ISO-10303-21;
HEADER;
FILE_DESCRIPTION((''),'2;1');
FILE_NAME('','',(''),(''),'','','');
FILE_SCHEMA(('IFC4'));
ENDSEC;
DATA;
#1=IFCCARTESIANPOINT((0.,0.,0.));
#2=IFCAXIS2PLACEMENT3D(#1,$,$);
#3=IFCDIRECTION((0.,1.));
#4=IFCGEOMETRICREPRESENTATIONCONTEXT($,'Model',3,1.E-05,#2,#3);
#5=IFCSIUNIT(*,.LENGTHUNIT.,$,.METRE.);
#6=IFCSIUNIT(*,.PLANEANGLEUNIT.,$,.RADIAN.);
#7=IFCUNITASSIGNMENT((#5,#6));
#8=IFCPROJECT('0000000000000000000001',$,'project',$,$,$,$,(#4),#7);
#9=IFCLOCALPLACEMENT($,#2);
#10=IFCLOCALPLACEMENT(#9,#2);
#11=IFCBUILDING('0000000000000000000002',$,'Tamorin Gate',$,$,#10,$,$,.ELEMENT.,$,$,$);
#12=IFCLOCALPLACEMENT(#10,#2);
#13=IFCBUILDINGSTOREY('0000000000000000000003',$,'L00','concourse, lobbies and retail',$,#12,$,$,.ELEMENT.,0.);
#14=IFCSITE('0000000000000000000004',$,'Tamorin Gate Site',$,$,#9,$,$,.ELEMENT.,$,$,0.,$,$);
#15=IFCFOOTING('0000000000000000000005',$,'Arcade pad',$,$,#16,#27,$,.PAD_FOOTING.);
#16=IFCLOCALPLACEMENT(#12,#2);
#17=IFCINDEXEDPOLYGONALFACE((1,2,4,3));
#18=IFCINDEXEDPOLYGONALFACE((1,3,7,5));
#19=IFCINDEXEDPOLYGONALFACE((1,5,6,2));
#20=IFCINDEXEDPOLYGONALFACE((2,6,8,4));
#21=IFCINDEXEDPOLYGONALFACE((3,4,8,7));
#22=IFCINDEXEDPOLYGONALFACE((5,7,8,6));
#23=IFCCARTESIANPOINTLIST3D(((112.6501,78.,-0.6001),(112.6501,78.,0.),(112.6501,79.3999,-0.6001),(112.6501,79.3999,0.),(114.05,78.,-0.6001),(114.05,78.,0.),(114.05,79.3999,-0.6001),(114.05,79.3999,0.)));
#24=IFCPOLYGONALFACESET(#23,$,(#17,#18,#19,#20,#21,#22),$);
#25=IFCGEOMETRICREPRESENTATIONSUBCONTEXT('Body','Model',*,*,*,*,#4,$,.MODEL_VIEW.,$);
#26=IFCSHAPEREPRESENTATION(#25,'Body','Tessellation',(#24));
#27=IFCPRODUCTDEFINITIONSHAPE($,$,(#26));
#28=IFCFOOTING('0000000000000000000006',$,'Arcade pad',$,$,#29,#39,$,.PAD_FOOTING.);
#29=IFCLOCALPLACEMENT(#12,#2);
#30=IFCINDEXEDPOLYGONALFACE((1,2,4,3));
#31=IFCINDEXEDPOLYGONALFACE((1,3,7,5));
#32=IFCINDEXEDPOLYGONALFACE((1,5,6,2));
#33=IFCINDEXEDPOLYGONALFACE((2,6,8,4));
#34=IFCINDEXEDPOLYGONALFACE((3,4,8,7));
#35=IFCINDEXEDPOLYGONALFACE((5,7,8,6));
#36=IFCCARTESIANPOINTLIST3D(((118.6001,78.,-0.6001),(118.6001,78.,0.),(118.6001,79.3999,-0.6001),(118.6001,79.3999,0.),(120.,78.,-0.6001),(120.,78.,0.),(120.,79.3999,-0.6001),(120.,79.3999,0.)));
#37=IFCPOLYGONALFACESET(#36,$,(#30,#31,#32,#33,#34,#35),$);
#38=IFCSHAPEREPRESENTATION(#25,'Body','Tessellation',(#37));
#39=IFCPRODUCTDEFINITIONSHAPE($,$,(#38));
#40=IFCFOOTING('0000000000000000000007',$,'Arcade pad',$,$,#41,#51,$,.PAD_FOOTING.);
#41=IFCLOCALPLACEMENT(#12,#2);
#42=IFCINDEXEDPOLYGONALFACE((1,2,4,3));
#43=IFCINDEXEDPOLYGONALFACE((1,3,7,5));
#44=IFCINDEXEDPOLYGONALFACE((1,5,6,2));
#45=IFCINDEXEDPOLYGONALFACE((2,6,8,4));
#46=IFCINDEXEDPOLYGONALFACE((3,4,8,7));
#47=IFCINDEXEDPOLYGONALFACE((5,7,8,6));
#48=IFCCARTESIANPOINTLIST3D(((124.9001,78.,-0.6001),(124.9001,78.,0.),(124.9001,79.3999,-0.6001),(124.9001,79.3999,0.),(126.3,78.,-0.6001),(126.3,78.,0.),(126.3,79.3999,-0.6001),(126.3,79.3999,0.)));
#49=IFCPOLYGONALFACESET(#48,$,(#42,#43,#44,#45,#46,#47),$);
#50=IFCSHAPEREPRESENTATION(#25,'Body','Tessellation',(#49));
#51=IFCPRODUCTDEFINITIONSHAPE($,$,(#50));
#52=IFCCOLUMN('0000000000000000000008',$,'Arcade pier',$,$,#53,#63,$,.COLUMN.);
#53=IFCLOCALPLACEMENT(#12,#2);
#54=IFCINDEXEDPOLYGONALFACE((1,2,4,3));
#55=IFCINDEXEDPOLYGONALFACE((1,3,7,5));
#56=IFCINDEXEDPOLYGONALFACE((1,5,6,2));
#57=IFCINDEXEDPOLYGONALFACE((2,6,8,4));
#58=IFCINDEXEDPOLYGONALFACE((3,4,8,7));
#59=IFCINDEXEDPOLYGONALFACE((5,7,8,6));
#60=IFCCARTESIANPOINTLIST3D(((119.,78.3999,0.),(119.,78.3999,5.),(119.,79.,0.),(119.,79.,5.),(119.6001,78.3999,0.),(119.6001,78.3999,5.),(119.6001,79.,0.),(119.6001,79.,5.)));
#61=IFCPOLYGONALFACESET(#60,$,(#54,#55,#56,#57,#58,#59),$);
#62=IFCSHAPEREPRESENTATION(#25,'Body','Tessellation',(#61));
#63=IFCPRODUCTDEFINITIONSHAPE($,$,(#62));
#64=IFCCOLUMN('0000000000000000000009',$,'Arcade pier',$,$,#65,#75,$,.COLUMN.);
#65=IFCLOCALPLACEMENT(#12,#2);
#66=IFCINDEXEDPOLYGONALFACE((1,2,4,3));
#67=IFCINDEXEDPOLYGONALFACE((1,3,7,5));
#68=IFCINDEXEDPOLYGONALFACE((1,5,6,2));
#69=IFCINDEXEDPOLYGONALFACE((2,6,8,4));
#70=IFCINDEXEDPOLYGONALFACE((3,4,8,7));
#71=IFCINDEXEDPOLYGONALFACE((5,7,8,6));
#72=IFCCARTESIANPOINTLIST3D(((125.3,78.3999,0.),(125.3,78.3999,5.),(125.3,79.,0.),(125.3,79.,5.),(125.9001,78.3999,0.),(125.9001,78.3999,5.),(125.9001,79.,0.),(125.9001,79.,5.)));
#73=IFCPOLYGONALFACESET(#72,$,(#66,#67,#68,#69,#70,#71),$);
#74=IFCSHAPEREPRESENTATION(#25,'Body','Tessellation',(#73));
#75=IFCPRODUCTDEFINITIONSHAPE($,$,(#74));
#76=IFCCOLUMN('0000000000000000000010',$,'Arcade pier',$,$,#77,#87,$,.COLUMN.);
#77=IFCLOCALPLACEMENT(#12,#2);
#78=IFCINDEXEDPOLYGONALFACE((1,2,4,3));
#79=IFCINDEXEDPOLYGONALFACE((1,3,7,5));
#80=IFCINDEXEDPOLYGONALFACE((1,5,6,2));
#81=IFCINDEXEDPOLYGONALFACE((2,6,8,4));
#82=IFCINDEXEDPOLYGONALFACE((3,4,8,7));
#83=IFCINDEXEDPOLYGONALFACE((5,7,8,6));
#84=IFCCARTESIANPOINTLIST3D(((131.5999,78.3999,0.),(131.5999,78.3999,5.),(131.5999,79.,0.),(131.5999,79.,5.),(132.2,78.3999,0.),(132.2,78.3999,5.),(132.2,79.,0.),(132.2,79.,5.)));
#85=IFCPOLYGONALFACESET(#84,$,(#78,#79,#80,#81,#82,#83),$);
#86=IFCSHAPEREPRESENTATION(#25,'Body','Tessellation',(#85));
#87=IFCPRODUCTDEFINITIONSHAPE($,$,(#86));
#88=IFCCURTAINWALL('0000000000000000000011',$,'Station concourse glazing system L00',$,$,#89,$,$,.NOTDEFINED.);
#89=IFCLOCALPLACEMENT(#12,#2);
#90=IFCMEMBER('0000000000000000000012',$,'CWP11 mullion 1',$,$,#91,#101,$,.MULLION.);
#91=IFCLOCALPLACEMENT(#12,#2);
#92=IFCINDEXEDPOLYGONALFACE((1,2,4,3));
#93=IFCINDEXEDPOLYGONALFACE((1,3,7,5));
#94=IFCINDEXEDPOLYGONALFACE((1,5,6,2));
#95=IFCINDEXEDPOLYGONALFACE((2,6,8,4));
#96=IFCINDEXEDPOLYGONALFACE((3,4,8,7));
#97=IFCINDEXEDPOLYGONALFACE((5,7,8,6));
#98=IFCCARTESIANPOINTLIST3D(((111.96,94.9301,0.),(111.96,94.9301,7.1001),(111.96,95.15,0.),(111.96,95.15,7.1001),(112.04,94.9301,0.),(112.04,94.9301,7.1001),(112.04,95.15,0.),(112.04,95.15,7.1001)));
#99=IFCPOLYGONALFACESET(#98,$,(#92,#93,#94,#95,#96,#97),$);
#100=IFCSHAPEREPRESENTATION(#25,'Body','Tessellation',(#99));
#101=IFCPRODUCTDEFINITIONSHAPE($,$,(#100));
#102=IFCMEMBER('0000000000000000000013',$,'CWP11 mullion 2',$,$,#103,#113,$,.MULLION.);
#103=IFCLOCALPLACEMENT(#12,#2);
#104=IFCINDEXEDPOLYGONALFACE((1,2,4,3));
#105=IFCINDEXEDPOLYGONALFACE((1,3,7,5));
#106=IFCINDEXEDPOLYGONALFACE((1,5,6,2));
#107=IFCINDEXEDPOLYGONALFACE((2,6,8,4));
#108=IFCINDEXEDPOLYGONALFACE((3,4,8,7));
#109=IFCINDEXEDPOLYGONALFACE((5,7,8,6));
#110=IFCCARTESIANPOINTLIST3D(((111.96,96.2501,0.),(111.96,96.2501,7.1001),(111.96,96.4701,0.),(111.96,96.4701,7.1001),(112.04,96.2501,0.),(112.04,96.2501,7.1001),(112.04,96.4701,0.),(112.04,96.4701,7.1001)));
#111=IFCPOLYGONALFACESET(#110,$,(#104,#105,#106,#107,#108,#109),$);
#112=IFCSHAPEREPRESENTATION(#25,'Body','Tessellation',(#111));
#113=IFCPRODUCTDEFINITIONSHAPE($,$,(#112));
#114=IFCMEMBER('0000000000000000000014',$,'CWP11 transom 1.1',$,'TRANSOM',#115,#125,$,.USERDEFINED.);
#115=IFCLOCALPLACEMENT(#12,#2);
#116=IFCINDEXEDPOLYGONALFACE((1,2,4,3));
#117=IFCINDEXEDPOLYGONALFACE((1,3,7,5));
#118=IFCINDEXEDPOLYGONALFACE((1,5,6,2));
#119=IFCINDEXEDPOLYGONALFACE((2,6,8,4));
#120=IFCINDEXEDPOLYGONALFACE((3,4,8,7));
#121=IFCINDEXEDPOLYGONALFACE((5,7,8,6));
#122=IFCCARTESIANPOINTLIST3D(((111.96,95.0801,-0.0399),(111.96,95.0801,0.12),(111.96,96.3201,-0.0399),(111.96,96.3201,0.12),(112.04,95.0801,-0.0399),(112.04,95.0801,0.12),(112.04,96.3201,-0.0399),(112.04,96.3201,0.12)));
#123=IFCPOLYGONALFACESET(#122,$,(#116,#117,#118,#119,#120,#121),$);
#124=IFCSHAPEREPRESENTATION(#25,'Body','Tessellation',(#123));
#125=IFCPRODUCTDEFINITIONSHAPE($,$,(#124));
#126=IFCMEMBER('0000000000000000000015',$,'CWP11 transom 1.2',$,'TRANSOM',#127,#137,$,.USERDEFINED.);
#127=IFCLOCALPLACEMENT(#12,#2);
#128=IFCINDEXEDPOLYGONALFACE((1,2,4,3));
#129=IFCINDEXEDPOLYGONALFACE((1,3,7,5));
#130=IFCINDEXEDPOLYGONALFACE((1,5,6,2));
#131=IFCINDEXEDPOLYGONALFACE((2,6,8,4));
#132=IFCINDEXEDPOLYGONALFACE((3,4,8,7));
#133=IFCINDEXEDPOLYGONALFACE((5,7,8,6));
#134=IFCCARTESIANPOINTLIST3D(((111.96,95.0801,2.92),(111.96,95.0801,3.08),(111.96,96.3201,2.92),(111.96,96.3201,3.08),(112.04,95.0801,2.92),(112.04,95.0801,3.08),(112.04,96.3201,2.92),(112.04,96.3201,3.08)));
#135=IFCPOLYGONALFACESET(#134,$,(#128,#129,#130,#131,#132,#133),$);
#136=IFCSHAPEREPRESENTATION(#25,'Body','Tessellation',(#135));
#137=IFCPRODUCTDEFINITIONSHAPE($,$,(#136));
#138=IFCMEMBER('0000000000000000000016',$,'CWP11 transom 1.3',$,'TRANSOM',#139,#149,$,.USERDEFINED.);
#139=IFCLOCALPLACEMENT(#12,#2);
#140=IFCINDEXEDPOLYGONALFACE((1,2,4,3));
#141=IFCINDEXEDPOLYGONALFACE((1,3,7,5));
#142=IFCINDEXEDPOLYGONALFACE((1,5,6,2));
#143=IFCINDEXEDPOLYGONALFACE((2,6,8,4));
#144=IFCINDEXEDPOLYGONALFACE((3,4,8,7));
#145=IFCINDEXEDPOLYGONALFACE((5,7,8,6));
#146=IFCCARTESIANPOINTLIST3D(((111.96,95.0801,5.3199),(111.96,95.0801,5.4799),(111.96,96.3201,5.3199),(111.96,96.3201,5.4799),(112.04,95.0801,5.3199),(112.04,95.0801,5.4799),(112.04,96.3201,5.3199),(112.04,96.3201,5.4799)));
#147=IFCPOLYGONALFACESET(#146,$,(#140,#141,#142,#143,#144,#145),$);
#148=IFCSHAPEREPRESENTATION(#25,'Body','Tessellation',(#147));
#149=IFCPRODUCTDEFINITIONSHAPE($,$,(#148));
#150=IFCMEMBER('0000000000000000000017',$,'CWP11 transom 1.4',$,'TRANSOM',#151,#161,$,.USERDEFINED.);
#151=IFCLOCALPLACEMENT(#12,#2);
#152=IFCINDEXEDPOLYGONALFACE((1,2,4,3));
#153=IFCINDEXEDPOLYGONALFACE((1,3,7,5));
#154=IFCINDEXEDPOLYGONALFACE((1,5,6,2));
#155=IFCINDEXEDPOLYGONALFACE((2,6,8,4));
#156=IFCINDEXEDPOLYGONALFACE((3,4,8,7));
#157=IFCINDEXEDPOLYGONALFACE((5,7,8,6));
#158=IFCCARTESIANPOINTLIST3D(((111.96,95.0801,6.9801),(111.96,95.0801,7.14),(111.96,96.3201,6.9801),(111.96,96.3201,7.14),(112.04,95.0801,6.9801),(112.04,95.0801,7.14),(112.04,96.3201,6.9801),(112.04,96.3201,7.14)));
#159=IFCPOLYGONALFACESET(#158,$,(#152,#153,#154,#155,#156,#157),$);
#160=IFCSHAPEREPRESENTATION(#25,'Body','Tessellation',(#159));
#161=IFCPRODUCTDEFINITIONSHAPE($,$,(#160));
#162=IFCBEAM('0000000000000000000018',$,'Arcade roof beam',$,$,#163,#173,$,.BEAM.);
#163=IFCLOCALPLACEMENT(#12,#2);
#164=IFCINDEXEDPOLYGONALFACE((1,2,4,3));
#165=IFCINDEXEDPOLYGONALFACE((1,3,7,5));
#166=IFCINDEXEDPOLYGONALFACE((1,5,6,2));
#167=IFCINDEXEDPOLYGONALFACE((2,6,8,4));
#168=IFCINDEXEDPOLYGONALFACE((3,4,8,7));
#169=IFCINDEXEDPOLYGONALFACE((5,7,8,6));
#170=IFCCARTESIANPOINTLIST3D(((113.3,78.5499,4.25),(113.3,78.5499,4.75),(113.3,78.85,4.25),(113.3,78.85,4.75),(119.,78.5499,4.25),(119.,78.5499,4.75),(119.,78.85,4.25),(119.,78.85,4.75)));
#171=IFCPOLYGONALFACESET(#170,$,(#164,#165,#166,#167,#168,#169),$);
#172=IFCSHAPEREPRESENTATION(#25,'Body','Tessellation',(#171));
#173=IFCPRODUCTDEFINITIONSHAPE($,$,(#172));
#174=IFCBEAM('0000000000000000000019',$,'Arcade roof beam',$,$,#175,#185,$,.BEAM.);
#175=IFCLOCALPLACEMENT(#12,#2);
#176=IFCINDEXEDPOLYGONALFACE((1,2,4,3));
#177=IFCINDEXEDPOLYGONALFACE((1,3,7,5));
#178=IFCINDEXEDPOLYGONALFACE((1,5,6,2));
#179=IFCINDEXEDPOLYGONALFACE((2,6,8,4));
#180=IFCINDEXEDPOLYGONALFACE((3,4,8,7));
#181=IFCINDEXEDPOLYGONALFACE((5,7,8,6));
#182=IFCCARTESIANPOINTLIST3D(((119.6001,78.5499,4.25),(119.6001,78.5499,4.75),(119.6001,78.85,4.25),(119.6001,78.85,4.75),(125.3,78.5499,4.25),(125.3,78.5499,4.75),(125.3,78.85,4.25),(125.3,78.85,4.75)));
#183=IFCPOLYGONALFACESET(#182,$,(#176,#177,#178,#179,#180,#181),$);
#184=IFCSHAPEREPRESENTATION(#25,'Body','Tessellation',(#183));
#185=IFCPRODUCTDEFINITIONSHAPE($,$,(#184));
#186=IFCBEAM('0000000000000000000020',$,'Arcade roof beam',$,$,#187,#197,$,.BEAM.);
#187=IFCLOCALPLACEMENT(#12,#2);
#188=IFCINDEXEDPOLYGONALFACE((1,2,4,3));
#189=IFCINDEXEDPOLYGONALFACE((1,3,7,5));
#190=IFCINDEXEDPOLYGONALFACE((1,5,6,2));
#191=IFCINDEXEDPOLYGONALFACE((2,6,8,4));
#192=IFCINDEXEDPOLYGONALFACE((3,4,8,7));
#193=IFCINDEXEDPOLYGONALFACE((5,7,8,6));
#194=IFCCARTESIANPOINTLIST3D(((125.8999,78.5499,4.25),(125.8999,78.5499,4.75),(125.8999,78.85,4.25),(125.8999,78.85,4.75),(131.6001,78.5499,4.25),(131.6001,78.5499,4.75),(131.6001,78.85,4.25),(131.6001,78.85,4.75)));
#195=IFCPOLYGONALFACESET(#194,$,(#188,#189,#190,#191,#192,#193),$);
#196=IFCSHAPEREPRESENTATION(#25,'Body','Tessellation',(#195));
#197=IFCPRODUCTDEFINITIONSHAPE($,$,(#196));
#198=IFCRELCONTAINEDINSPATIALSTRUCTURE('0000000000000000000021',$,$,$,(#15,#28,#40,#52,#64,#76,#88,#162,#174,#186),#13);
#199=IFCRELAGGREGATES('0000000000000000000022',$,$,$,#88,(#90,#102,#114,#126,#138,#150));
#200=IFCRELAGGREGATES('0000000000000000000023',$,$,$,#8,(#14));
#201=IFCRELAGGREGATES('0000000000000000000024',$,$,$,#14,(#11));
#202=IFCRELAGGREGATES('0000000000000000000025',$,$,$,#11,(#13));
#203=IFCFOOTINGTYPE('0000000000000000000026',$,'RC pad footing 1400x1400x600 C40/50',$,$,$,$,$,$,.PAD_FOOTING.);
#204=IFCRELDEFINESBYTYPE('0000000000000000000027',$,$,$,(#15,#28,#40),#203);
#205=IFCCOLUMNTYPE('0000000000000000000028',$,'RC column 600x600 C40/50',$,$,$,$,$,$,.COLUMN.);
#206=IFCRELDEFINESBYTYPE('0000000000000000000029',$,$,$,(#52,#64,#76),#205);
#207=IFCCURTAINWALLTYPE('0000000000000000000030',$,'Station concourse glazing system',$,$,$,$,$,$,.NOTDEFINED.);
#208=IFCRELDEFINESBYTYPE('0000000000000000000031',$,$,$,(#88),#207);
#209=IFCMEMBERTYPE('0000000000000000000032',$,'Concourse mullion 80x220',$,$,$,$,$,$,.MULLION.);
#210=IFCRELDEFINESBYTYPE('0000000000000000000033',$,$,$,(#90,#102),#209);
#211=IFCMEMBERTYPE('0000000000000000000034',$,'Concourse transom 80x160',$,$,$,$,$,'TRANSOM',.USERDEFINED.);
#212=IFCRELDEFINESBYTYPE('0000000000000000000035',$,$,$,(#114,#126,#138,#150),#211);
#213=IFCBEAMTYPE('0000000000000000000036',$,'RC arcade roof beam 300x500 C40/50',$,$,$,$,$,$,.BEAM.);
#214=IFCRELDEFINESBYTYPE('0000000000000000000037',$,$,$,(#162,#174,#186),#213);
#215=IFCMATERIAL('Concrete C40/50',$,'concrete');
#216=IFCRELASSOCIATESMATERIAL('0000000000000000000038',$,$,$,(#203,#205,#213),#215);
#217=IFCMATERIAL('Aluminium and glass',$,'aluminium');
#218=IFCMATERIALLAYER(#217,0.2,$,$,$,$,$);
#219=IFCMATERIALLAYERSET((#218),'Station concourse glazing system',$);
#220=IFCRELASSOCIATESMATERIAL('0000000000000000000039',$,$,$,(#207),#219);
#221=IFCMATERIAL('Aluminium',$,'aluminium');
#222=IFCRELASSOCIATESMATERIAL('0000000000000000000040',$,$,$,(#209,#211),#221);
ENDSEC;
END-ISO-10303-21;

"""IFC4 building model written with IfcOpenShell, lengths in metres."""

from ifc_helpers import new_model, si_unit, direction, frame, origin, origin_2d, place, context, subcontext, project, spatial, rectangle, extrude, material, layer, layer_set, material_profile, profile_set, type_object, element, aggregate, save


model = new_model("IFC4")

# Units and contexts
model_context = context("Model", 3, precision=1e-05, world=origin(), true_north=direction((0.0, 1.0)))
body_context = subcontext(model_context, "Body", "Model", "MODEL_VIEW")
ifc_project = project(units=[si_unit("LENGTHUNIT", "METRE"), si_unit("PLANEANGLEUNIT", "RADIAN")], contexts=[model_context])

# Site, building, storey
site_placement = place(None, origin())
site = spatial("IfcSite", under=ifc_project, at=site_placement, Name="Tamorin Gate Site", CompositionType="ELEMENT", RefElevation=0.0)
building_placement = place(site_placement, origin())
building = spatial("IfcBuilding", under=site, at=building_placement, Name="Tamorin Gate", CompositionType="ELEMENT")
storey_placement = place(building_placement, origin())
storey = spatial("IfcBuildingStorey", under=building, at=storey_placement, Name="L00", Description="concourse, lobbies and retail", CompositionType="ELEMENT", Elevation=0.0)

# Footings
ifc_material_1 = material(Name="Concrete C40/50", Category="concrete")
footing_type = type_object("IfcFootingType", Name="RC pad footing 1400x1400x600 C40/50", PredefinedType="PAD_FOOTING", material=ifc_material_1)
for number, where, z_axis, x_axis, name in (
    (1, (113.3501, 78.7, -0.6001), (0.0, 0.0, 1.0), (1.0, 0.0, 0.0), "Arcade pad"),
    (2, (119.3, 78.7, -0.6001), (0.0, 0.0, 1.0), (1.0, 0.0, 0.0), "Arcade pad"),
    (3, (125.6001, 78.7, -0.6001), (0.0, 0.0, 1.0), (1.0, 0.0, 0.0), "Arcade pad"),
):
    element("IfcFooting", number, at=place(storey_placement, frame(where, z_axis=z_axis, x_axis=x_axis)), inside=storey, type_object=footing_type, Name=name, PredefinedType="PAD_FOOTING", context=body_context, shape_type="SweptSolid", body=[
        extrude(rectangle(XDim=1.3999, YDim=1.3999, at=origin_2d()), origin(), (0.0, 0.0, 1.0), 0.6001),
    ])

# Columns
ifc_material_profile_1 = material_profile(ifc_material_1, rectangle(XDim=0.6001, YDim=0.6001, at=origin_2d()))
ifc_profile_set_1 = profile_set([ifc_material_profile_1], Name="Concrete C40/50")
column_type = type_object("IfcColumnType", Name="RC column 600x600 C40/50", PredefinedType="COLUMN", material=ifc_profile_set_1)
for number, where, z_axis, x_axis, name in (
    (4, (119.3, 78.7, 0.0), (0.0, 0.0, 1.0), (1.0, 0.0, 0.0), "Arcade pier"),
    (5, (125.6001, 78.7, 0.0), (0.0, 0.0, 1.0), (1.0, 0.0, 0.0), "Arcade pier"),
    (6, (131.8999, 78.7, 0.0), (0.0, 0.0, 1.0), (1.0, 0.0, 0.0), "Arcade pier"),
):
    element("IfcColumn", number, at=place(storey_placement, frame(where, z_axis=z_axis, x_axis=x_axis)), inside=storey, type_object=column_type, Name=name, PredefinedType="COLUMN", context=body_context, shape_type="SweptSolid", body=[
        extrude(rectangle(XDim=0.6001, YDim=0.6001, at=origin_2d()), origin(), (0.0, 0.0, 1.0), 5.0),
    ])

# Curtain wall, members
ifc_material_2 = material(Name="Aluminium and glass", Category="aluminium")
ifc_layer_1 = layer(ifc_material_2, 0.2)
ifc_layer_set_1 = layer_set([ifc_layer_1], Name="Station concourse glazing system")
curtain_wall_type = type_object("IfcCurtainWallType", Name="Station concourse glazing system", PredefinedType="NOTDEFINED", material=ifc_layer_set_1)
curtain_wall_1_placement = place(storey_placement, origin())
curtain_wall_1 = element("IfcCurtainWall", 7, at=curtain_wall_1_placement, inside=storey, type_object=curtain_wall_type, Name="Station concourse glazing system L00", PredefinedType="NOTDEFINED")
ifc_material_3 = material(Name="Aluminium", Category="aluminium")
ifc_material_profile_2 = material_profile(ifc_material_3, rectangle(XDim=0.0801, YDim=0.22, at=origin_2d()), Name="RECT 80x220")
ifc_profile_set_2 = profile_set([ifc_material_profile_2], Name="Aluminium")
member_type_1 = type_object("IfcMemberType", Name="Concourse mullion 80x220", PredefinedType="MULLION", material=ifc_profile_set_2)
member_1_placement = place(storey_placement, frame((112.0, 95.04, 0.0), z_axis=(0.0, 0.0, 1.0), x_axis=(-1.0, 0.0, 0.0)))
member_1 = element("IfcMember", 8, at=member_1_placement, type_object=member_type_1, Name="CWP11 mullion 1", PredefinedType="MULLION", context=body_context, shape_type="SweptSolid", body=[
    extrude(rectangle(XDim=0.0801, YDim=0.22, at=origin_2d()), origin(), (0.0, 0.0, 1.0), 7.1001),
])
member_2_placement = place(storey_placement, frame((112.0, 96.3601, 0.0), z_axis=(0.0, 0.0, 1.0), x_axis=(-1.0, 0.0, 0.0)))
member_2 = element("IfcMember", 9, at=member_2_placement, type_object=member_type_1, Name="CWP11 mullion 2", PredefinedType="MULLION", context=body_context, shape_type="SweptSolid", body=[
    extrude(rectangle(XDim=0.0801, YDim=0.22, at=origin_2d()), origin(), (0.0, 0.0, 1.0), 7.1001),
])
ifc_material_profile_3 = material_profile(ifc_material_3, rectangle(XDim=0.0801, YDim=0.1599, at=origin_2d()), Name="RECT 80x160")
ifc_profile_set_3 = profile_set([ifc_material_profile_3], Name="Aluminium")
member_type_2 = type_object("IfcMemberType", Name="Concourse transom 80x160", ElementType="TRANSOM", PredefinedType="USERDEFINED", material=ifc_profile_set_3)
member_3_placement = place(storey_placement, frame((112.0, 95.0801, 0.04), z_axis=(0.0, 1.0, 0.0), x_axis=(-1.0, 0.0, 0.0)))
member_3 = element("IfcMember", 10, at=member_3_placement, type_object=member_type_2, Name="CWP11 transom 1.1", ObjectType="TRANSOM", PredefinedType="USERDEFINED", context=body_context, shape_type="SweptSolid", body=[
    extrude(rectangle(XDim=0.0801, YDim=0.1599, at=origin_2d()), origin(), (0.0, 0.0, 1.0), 1.24),
])
member_4_placement = place(storey_placement, frame((112.0, 95.0801, 3.0), z_axis=(0.0, 1.0, 0.0), x_axis=(-1.0, 0.0, 0.0)))
member_4 = element("IfcMember", 11, at=member_4_placement, type_object=member_type_2, Name="CWP11 transom 1.2", ObjectType="TRANSOM", PredefinedType="USERDEFINED", context=body_context, shape_type="SweptSolid", body=[
    extrude(rectangle(XDim=0.0801, YDim=0.1599, at=origin_2d()), origin(), (0.0, 0.0, 1.0), 1.24),
])
member_5_placement = place(storey_placement, frame((112.0, 95.0801, 5.3999), z_axis=(0.0, 1.0, 0.0), x_axis=(-1.0, 0.0, 0.0)))
member_5 = element("IfcMember", 12, at=member_5_placement, type_object=member_type_2, Name="CWP11 transom 1.3", ObjectType="TRANSOM", PredefinedType="USERDEFINED", context=body_context, shape_type="SweptSolid", body=[
    extrude(rectangle(XDim=0.0801, YDim=0.1599, at=origin_2d()), origin(), (0.0, 0.0, 1.0), 1.24),
])
member_6_placement = place(storey_placement, frame((112.0, 95.0801, 7.0601), z_axis=(0.0, 1.0, 0.0), x_axis=(-1.0, 0.0, 0.0)))
member_6 = element("IfcMember", 13, at=member_6_placement, type_object=member_type_2, Name="CWP11 transom 1.4", ObjectType="TRANSOM", PredefinedType="USERDEFINED", context=body_context, shape_type="SweptSolid", body=[
    extrude(rectangle(XDim=0.0801, YDim=0.1599, at=origin_2d()), origin(), (0.0, 0.0, 1.0), 1.24),
])

# Beams
ifc_material_profile_4 = material_profile(ifc_material_1, rectangle(XDim=0.3, YDim=0.5, at=origin_2d()))
ifc_profile_set_4 = profile_set([ifc_material_profile_4], Name="Concrete C40/50")
beam_type = type_object("IfcBeamType", Name="RC arcade roof beam 300x500 C40/50", PredefinedType="BEAM", material=ifc_profile_set_4)
for number, where, z_axis, x_axis, name in (
    (14, (113.3, 78.7, 4.5), (1.0, 0.0, 0.0), (0.0, 1.0, 0.0), "Arcade roof beam"),
    (15, (119.6001, 78.7, 4.5), (1.0, 0.0, 0.0), (0.0, 1.0, 0.0), "Arcade roof beam"),
):
    element("IfcBeam", number, at=place(storey_placement, frame(where, z_axis=z_axis, x_axis=x_axis)), inside=storey, type_object=beam_type, Name=name, PredefinedType="BEAM", context=body_context, shape_type="SweptSolid", body=[
        extrude(rectangle(XDim=0.3, YDim=0.5, at=origin_2d()), origin(), (0.0, 0.0, 1.0), 5.7),
    ])
beam_placement = place(storey_placement, frame((125.8999, 78.7, 4.5), z_axis=(1.0, 0.0, 0.0), x_axis=(0.0, 1.0, 0.0)))
element("IfcBeam", 16, at=beam_placement, inside=storey, type_object=beam_type, Name="Arcade roof beam", PredefinedType="BEAM", context=body_context, shape_type="SweptSolid", body=[
    extrude(rectangle(XDim=0.3, YDim=0.5, at=origin_2d()), origin(), (0.0, 0.0, 1.0), 5.7002),
])

aggregate(curtain_wall_1, [member_1, member_2, member_3, member_4, member_5, member_6])

save(model, "model.ifc")
